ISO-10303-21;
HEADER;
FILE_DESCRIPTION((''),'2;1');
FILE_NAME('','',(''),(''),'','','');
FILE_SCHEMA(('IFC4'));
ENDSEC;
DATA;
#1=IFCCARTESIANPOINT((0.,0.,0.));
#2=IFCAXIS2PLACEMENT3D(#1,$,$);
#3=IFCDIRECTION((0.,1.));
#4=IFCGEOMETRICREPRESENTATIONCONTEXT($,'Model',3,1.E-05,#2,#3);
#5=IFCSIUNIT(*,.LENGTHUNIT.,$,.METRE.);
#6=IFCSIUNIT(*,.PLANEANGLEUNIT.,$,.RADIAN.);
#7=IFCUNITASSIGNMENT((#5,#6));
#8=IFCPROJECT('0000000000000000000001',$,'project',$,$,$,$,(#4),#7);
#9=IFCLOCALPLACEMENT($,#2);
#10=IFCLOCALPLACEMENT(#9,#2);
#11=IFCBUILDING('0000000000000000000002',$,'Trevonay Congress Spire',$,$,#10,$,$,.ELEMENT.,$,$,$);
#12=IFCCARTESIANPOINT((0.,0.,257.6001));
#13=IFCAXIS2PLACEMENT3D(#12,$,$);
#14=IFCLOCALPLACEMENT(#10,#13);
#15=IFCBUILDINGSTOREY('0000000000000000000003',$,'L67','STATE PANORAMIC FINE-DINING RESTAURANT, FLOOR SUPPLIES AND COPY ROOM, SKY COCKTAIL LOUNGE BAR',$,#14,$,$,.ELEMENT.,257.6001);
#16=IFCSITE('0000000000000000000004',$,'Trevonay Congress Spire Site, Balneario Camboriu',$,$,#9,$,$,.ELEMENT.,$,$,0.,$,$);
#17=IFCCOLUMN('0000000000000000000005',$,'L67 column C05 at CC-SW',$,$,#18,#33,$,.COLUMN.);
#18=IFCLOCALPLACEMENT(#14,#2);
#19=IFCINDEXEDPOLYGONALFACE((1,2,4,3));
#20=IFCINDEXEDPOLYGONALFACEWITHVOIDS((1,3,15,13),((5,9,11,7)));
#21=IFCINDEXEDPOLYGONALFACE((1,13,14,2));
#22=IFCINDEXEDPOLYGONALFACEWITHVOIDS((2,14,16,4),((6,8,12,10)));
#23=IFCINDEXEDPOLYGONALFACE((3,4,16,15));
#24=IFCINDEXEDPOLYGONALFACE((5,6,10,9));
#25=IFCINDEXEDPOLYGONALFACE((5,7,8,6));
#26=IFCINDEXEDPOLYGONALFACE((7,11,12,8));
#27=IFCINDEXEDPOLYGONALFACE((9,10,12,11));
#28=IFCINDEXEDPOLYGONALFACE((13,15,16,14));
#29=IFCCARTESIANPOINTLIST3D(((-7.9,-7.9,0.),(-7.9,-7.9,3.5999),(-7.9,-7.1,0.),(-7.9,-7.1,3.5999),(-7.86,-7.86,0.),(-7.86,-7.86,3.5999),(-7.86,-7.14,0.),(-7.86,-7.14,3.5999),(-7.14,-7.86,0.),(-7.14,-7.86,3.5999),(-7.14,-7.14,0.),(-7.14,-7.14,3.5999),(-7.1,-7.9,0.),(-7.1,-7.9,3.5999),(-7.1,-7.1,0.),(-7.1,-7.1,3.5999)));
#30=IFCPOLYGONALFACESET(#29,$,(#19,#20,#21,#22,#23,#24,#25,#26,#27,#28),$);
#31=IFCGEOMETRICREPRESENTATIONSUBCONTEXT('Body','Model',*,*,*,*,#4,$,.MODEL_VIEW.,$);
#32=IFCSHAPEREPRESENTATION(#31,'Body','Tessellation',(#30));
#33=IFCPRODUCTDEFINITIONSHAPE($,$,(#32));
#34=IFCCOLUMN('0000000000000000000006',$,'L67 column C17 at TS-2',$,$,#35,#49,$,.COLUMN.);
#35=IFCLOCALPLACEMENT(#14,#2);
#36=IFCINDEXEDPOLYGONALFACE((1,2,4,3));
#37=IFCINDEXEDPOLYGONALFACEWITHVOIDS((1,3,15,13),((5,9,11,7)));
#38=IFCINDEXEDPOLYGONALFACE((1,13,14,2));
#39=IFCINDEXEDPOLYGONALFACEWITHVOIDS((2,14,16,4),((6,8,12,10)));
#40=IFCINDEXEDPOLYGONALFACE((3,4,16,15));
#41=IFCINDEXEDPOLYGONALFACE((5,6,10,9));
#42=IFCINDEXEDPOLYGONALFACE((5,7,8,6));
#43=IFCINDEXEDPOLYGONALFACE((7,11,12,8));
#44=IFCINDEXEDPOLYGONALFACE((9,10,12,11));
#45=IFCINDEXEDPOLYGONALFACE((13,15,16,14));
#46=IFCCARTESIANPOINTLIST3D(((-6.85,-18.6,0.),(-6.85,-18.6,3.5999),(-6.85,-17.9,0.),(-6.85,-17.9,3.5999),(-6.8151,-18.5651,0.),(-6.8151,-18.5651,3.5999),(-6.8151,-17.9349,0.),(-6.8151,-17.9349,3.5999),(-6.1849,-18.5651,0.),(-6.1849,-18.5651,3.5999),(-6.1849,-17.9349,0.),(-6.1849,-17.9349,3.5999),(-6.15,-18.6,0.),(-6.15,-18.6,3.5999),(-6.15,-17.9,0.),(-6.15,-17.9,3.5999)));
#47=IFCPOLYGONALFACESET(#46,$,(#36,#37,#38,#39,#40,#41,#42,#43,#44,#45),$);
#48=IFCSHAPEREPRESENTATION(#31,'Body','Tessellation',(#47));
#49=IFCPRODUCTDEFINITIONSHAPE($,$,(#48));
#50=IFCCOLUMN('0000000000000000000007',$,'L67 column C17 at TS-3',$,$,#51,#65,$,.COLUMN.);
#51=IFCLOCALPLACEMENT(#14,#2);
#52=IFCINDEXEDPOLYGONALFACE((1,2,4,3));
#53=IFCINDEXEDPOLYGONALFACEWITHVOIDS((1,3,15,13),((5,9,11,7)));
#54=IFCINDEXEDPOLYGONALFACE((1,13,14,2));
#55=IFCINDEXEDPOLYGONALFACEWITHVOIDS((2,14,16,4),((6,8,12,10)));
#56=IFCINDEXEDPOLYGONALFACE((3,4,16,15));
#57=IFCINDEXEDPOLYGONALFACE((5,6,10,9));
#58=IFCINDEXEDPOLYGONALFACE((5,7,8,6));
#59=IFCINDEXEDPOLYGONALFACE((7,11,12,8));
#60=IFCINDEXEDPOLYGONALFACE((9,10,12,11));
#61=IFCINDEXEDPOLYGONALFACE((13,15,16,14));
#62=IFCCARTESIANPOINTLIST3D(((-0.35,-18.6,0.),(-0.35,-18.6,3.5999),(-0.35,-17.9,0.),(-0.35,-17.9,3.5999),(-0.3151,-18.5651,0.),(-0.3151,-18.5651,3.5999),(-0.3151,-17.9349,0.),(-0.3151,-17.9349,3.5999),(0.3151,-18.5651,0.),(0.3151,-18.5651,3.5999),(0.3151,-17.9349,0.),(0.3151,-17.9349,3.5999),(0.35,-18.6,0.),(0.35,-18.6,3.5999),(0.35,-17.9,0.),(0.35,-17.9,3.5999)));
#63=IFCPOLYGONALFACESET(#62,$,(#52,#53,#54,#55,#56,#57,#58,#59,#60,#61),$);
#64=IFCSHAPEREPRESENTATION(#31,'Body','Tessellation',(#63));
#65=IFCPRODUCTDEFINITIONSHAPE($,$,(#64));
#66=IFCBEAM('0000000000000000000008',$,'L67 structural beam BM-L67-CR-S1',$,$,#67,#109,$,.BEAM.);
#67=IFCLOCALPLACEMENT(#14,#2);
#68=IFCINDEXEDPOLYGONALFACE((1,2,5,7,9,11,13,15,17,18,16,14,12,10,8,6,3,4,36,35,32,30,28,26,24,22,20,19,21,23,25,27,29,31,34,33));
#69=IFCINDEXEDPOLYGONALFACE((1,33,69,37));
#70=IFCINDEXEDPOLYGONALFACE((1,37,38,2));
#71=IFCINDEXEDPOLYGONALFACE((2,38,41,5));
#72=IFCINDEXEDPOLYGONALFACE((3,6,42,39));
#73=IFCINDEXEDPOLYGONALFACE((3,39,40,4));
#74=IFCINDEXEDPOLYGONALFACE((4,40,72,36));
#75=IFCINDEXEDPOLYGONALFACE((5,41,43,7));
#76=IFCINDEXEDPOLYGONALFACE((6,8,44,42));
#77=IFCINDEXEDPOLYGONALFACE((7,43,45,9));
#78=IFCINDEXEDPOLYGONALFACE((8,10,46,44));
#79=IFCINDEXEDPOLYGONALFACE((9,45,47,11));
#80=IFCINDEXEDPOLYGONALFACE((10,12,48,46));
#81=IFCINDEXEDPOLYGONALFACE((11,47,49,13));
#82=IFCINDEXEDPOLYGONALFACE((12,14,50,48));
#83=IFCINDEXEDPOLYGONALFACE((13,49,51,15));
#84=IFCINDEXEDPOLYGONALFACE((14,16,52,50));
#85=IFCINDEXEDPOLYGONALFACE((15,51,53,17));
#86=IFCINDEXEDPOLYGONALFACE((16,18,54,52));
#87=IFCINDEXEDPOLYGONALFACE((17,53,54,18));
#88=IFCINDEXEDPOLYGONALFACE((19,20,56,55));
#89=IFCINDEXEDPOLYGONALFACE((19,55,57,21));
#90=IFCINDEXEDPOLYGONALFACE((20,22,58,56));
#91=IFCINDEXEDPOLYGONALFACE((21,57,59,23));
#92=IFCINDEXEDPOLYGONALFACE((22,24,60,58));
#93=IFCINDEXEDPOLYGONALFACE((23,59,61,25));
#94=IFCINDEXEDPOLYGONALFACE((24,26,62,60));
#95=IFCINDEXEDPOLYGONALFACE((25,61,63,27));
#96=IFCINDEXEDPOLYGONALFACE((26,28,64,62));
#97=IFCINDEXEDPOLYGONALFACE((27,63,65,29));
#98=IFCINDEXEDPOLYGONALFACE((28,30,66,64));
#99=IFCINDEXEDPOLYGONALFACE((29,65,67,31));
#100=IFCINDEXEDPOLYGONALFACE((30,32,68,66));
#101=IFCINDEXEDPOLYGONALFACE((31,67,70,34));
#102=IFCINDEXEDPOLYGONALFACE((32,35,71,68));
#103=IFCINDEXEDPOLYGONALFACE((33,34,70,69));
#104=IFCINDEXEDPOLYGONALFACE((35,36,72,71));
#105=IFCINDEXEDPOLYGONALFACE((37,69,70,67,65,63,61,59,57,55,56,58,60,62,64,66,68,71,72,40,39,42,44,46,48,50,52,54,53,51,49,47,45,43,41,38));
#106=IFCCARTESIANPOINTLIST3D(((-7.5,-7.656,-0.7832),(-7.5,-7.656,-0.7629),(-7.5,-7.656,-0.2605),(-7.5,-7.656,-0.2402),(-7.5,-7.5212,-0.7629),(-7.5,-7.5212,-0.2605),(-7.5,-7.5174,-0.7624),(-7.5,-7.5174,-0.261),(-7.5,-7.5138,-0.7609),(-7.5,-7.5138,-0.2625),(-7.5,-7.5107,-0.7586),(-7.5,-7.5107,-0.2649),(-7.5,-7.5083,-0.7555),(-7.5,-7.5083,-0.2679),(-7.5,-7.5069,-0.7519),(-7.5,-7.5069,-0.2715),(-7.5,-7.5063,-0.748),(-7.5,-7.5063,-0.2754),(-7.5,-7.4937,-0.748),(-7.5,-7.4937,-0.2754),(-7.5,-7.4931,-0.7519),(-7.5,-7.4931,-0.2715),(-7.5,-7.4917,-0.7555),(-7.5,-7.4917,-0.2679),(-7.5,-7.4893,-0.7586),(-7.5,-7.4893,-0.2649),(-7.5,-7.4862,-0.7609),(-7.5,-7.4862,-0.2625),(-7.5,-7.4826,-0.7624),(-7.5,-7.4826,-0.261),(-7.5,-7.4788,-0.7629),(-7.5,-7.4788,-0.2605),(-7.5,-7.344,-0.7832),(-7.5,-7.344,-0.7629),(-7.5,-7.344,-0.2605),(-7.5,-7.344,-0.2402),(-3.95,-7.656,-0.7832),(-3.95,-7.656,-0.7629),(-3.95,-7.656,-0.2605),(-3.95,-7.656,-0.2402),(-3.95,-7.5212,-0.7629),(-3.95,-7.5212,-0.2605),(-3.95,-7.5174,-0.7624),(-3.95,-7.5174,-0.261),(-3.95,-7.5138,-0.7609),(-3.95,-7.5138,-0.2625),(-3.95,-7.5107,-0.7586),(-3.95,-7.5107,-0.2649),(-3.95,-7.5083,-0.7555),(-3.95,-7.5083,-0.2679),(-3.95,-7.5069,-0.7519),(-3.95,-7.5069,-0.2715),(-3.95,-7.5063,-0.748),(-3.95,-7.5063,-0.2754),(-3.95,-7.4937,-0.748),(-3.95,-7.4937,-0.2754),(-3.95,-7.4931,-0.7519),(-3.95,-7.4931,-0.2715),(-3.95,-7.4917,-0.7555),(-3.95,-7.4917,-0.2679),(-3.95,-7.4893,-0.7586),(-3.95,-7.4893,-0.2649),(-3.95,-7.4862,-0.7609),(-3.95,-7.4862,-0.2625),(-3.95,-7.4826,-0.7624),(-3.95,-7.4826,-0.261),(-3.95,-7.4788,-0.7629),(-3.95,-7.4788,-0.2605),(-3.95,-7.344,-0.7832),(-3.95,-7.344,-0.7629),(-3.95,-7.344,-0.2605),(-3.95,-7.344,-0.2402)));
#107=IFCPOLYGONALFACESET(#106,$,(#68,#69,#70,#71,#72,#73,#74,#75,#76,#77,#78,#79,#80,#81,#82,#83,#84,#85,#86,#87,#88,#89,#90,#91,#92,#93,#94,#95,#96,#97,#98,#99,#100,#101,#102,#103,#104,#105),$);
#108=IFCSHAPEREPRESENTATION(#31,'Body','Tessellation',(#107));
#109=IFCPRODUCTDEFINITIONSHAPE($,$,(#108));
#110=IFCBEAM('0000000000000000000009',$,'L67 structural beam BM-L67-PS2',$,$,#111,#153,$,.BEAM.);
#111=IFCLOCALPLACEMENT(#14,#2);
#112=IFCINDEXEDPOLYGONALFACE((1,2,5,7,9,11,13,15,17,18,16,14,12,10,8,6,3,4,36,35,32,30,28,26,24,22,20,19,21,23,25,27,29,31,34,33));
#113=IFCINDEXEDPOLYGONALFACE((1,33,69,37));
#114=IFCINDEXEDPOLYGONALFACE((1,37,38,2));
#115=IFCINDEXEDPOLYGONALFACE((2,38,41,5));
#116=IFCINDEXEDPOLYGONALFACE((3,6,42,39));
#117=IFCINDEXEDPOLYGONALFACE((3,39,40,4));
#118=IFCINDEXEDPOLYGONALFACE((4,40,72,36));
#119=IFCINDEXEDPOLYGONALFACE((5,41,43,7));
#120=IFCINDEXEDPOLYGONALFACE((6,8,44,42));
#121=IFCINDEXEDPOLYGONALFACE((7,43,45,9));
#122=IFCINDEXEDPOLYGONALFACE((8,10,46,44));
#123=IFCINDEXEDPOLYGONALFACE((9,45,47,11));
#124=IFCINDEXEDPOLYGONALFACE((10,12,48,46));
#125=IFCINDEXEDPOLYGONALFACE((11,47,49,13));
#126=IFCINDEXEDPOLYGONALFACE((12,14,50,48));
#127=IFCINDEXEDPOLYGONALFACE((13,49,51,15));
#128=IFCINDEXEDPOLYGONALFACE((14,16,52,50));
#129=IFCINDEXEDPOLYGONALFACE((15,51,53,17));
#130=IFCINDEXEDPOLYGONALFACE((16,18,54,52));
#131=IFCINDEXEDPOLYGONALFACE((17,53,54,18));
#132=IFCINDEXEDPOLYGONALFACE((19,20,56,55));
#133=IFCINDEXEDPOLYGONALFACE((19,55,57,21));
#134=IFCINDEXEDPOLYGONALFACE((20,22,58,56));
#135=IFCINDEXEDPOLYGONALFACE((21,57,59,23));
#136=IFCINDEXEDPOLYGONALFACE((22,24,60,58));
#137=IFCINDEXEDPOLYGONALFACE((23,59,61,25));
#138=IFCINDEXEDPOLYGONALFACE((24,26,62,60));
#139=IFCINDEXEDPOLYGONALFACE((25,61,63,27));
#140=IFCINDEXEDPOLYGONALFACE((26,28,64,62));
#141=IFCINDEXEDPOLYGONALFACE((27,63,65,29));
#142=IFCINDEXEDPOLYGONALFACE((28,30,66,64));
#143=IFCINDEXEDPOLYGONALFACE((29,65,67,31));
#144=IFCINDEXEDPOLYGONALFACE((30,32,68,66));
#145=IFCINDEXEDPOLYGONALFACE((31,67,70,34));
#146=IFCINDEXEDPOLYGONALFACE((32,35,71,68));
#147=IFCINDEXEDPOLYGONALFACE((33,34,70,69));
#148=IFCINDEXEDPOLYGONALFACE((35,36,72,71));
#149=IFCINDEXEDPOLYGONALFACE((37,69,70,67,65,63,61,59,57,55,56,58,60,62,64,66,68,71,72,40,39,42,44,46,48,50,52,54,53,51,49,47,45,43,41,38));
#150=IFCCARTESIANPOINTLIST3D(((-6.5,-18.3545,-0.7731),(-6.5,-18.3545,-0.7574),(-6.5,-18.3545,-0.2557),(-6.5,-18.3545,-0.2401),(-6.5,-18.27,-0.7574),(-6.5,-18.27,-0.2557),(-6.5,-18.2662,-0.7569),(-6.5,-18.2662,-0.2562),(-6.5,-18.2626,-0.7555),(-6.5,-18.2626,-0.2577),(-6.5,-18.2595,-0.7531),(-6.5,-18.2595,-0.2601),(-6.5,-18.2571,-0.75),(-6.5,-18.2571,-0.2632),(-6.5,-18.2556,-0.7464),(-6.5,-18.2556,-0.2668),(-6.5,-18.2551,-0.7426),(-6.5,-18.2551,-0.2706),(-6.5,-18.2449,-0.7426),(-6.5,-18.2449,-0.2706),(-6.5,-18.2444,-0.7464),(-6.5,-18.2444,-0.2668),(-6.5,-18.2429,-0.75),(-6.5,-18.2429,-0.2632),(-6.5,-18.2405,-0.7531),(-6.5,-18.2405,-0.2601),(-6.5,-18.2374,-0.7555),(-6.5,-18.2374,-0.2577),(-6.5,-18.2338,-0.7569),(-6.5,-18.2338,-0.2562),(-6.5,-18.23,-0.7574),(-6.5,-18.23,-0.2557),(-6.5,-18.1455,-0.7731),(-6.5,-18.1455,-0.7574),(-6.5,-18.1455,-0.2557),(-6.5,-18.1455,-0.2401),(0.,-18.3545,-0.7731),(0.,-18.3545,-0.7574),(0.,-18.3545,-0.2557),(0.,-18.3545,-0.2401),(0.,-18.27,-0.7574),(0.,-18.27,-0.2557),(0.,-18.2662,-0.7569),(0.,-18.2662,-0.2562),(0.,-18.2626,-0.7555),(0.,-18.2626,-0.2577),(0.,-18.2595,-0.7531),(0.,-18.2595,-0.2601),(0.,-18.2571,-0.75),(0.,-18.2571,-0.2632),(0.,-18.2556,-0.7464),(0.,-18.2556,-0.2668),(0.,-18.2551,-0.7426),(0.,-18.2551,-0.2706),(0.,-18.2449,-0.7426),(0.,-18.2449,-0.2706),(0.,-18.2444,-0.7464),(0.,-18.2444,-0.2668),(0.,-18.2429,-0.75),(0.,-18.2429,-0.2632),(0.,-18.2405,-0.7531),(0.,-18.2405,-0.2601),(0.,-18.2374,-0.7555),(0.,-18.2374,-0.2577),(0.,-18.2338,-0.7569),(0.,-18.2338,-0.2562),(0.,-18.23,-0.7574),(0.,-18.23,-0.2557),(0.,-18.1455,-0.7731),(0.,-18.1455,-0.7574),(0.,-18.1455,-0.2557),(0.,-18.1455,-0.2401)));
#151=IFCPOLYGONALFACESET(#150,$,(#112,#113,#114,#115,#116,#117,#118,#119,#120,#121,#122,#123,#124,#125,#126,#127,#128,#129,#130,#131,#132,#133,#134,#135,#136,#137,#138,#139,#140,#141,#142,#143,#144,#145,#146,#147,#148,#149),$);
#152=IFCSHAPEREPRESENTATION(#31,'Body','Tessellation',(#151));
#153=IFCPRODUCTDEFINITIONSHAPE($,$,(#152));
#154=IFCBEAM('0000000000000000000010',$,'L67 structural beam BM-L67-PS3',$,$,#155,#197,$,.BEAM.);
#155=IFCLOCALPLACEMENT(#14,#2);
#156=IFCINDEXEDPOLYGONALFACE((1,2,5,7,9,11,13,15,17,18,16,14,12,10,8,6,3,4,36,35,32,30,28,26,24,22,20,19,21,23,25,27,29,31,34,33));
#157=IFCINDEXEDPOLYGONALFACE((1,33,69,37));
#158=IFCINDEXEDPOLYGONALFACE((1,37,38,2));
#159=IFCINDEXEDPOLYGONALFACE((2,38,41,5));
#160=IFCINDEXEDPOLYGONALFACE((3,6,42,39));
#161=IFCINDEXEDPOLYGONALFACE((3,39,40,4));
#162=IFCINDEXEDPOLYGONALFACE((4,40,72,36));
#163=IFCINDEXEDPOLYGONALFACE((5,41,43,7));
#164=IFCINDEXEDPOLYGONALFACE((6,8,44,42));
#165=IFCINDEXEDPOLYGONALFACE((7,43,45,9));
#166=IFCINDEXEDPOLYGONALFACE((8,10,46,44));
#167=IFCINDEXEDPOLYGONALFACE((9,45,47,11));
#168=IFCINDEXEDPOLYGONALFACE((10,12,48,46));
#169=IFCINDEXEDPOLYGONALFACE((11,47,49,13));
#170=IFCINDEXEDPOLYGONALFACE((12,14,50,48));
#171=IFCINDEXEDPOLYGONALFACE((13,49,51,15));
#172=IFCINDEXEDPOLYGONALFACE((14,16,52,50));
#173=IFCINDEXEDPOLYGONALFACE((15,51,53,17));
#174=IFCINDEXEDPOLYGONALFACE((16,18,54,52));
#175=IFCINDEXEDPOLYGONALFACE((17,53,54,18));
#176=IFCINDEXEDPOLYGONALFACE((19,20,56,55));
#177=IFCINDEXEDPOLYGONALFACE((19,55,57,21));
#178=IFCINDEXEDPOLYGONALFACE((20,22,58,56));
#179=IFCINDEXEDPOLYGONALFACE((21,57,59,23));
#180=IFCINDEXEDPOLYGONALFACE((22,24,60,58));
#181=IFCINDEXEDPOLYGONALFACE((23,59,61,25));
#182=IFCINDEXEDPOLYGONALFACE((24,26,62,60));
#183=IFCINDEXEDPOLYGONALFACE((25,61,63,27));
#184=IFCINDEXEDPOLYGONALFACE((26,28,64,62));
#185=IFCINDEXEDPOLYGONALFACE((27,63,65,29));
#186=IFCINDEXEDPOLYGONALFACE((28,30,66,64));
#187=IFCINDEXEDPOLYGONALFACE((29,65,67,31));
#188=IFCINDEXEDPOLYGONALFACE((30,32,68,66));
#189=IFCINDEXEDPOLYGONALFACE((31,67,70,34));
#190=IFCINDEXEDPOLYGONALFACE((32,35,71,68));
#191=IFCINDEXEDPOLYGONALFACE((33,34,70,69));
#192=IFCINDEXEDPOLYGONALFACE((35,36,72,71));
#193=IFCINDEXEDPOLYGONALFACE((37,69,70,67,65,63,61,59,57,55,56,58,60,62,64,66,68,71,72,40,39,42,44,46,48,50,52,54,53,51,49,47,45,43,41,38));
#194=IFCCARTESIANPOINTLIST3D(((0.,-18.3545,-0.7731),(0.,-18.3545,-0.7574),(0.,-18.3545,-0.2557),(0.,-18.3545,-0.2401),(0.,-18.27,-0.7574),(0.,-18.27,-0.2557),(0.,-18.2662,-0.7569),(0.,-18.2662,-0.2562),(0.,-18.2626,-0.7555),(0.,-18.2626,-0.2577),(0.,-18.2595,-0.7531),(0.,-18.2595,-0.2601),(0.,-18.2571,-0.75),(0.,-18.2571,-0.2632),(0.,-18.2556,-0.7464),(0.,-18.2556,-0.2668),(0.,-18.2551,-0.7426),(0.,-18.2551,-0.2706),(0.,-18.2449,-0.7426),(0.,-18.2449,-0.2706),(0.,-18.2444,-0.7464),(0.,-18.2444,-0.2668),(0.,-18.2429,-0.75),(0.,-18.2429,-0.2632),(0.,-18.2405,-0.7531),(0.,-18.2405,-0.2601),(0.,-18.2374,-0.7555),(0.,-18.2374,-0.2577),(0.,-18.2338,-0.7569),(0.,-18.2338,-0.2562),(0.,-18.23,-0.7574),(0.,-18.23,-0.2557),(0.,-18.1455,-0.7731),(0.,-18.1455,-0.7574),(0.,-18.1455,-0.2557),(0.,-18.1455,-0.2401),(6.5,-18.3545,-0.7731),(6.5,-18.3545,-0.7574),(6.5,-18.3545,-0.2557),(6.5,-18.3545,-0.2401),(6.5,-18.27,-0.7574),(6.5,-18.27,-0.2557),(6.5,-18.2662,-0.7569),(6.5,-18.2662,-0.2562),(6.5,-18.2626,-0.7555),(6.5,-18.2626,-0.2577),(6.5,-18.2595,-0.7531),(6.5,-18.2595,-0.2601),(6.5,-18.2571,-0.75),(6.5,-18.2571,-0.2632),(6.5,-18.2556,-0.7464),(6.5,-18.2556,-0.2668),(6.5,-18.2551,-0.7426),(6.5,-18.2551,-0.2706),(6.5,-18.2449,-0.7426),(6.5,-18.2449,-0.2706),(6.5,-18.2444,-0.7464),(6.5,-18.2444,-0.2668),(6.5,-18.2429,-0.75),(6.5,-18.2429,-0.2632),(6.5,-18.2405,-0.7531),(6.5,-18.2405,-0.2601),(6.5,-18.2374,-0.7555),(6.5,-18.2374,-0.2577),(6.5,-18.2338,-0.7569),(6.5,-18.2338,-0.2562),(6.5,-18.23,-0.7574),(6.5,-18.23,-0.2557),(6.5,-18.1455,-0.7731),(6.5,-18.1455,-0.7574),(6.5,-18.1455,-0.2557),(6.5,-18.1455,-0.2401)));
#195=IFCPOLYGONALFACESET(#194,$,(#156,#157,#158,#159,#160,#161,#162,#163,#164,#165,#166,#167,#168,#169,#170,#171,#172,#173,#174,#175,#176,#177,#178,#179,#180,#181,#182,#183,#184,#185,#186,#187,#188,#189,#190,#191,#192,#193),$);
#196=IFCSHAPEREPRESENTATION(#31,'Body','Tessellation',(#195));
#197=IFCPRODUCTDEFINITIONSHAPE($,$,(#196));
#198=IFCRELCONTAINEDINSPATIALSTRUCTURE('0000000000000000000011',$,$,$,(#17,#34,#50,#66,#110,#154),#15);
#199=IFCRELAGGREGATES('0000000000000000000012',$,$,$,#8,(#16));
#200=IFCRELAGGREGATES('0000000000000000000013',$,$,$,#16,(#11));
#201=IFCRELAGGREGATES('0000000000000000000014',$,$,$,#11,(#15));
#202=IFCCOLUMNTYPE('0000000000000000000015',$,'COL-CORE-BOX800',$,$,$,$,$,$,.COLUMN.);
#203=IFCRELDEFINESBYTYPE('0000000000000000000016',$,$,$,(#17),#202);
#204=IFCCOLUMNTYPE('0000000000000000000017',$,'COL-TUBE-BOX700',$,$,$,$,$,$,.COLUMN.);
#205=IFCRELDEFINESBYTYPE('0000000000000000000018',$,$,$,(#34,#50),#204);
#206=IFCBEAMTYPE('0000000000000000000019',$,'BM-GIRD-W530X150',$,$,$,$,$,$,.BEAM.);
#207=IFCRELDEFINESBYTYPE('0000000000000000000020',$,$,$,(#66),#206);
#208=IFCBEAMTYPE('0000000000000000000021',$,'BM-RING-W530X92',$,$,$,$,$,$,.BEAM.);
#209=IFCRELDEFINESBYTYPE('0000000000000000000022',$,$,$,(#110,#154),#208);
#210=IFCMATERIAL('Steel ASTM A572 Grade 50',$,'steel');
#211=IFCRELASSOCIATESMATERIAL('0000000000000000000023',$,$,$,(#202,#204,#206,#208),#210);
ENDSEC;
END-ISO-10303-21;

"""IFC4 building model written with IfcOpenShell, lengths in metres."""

from ifc_helpers import new_model, si_unit, direction, frame, origin, origin_2d, place, context, subcontext, project, spatial, hollow_rectangle, i_section, extrude, material, material_profile, profile_set, type_object, element, save


model = new_model("IFC4")

# Units and contexts
model_context = context("Model", 3, precision=1e-05, world=origin(), true_north=direction((0.0, 1.0)))
body_context = subcontext(model_context, "Body", "Model", "MODEL_VIEW")
ifc_project = project(units=[si_unit("LENGTHUNIT", "METRE"), si_unit("PLANEANGLEUNIT", "RADIAN")], contexts=[model_context])

# Site, building, storey
site_placement = place(None, origin())
site = spatial("IfcSite", under=ifc_project, at=site_placement, Name="Trevonay Congress Spire Site, Balneario Camboriu", CompositionType="ELEMENT", RefElevation=0.0)
building_placement = place(site_placement, origin())
building = spatial("IfcBuilding", under=site, at=building_placement, Name="Trevonay Congress Spire", CompositionType="ELEMENT")
storey_placement = place(building_placement, frame((0.0, 0.0, 257.6001)))
storey = spatial("IfcBuildingStorey", under=building, at=storey_placement, Name="L67", Description="STATE PANORAMIC FINE-DINING RESTAURANT, FLOOR SUPPLIES AND COPY ROOM, SKY COCKTAIL LOUNGE BAR", CompositionType="ELEMENT", Elevation=257.6001)

# Columns
ifc_material_1 = material(Name="Steel ASTM A572 Grade 50", Category="steel")
ifc_material_profile_1 = material_profile(ifc_material_1, hollow_rectangle(XDim=0.8, YDim=0.8, WallThickness=0.04, at=origin_2d()), Name="BOX 800x800x40")
ifc_profile_set_1 = profile_set([ifc_material_profile_1], Name="Steel ASTM A572 Grade 50")
column_type_1 = type_object("IfcColumnType", Name="COL-CORE-BOX800", PredefinedType="COLUMN", material=ifc_profile_set_1)
column_placement = place(storey_placement, frame((-7.5, -7.5, 0.0), z_axis=(0.0, 0.0, 1.0), x_axis=(1.0, 0.0, 0.0)))
element("IfcColumn", 1, at=column_placement, inside=storey, type_object=column_type_1, Name="L67 column C05 at CC-SW", PredefinedType="COLUMN", context=body_context, shape_type="SweptSolid", body=[
    extrude(hollow_rectangle(XDim=0.8, YDim=0.8, WallThickness=0.04, at=origin_2d()), origin(), (0.0, 0.0, 1.0), 3.5999),
])
ifc_material_profile_2 = material_profile(ifc_material_1, hollow_rectangle(XDim=0.7, YDim=0.7, WallThickness=0.0349, at=origin_2d()), Name="BOX 700x700x35")
ifc_profile_set_2 = profile_set([ifc_material_profile_2], Name="Steel ASTM A572 Grade 50")
column_type_2 = type_object("IfcColumnType", Name="COL-TUBE-BOX700", PredefinedType="COLUMN", material=ifc_profile_set_2)
for number, where, z_axis, x_axis, name in (
    (2, (-6.5, -18.25, 0.0), (0.0, 0.0, 1.0), (1.0, 0.0, 0.0), "L67 column C17 at TS-2"),
    (3, (0.0, -18.25, 0.0), (0.0, 0.0, 1.0), (1.0, 0.0, 0.0), "L67 column C17 at TS-3"),
):
    element("IfcColumn", number, at=place(storey_placement, frame(where, z_axis=z_axis, x_axis=x_axis)), inside=storey, type_object=column_type_2, Name=name, PredefinedType="COLUMN", context=body_context, shape_type="SweptSolid", body=[
        extrude(hollow_rectangle(XDim=0.7, YDim=0.7, WallThickness=0.0349, at=origin_2d()), origin(), (0.0, 0.0, 1.0), 3.5999),
    ])

# Beams
ifc_material_profile_3 = material_profile(ifc_material_1, i_section(OverallWidth=0.312, OverallDepth=0.543, WebThickness=0.0127, FlangeThickness=0.0203, FilletRadius=0.0149, at=origin_2d()), Name="W530x150")
ifc_profile_set_3 = profile_set([ifc_material_profile_3], Name="Steel ASTM A572 Grade 50")
beam_type_1 = type_object("IfcBeamType", Name="BM-GIRD-W530X150", PredefinedType="BEAM", material=ifc_profile_set_3)
beam_placement = place(storey_placement, frame((-7.5, -7.5, -0.5117), z_axis=(1.0, 0.0, 0.0), x_axis=(0.0, 1.0, 0.0)))
element("IfcBeam", 4, at=beam_placement, inside=storey, type_object=beam_type_1, Name="L67 structural beam BM-L67-CR-S1", PredefinedType="BEAM", context=body_context, shape_type="SweptSolid", body=[
    extrude(i_section(OverallWidth=0.312, OverallDepth=0.543, WebThickness=0.0127, FlangeThickness=0.0203, FilletRadius=0.0149, at=origin_2d()), origin(), (0.0, 0.0, 1.0), 3.55),
])
ifc_material_profile_4 = material_profile(ifc_material_1, i_section(OverallWidth=0.209, OverallDepth=0.533, WebThickness=0.0103, FlangeThickness=0.0156, FilletRadius=0.0149, at=origin_2d()), Name="W530x92")
ifc_profile_set_4 = profile_set([ifc_material_profile_4], Name="Steel ASTM A572 Grade 50")
beam_type_2 = type_object("IfcBeamType", Name="BM-RING-W530X92", PredefinedType="BEAM", material=ifc_profile_set_4)
for number, where, z_axis, x_axis, name in (
    (5, (-6.5, -18.25, -0.5066), (1.0, 0.0, 0.0), (0.0, 1.0, 0.0), "L67 structural beam BM-L67-PS2"),
    (6, (0.0, -18.25, -0.5066), (1.0, 0.0, 0.0), (0.0, 1.0, 0.0), "L67 structural beam BM-L67-PS3"),
):
    element("IfcBeam", number, at=place(storey_placement, frame(where, z_axis=z_axis, x_axis=x_axis)), inside=storey, type_object=beam_type_2, Name=name, PredefinedType="BEAM", context=body_context, shape_type="SweptSolid", body=[
        extrude(i_section(OverallWidth=0.209, OverallDepth=0.533, WebThickness=0.0103, FlangeThickness=0.0156, FilletRadius=0.0149, at=origin_2d()), origin(), (0.0, 0.0, 1.0), 6.5),
    ])

save(model, "model.ifc")
